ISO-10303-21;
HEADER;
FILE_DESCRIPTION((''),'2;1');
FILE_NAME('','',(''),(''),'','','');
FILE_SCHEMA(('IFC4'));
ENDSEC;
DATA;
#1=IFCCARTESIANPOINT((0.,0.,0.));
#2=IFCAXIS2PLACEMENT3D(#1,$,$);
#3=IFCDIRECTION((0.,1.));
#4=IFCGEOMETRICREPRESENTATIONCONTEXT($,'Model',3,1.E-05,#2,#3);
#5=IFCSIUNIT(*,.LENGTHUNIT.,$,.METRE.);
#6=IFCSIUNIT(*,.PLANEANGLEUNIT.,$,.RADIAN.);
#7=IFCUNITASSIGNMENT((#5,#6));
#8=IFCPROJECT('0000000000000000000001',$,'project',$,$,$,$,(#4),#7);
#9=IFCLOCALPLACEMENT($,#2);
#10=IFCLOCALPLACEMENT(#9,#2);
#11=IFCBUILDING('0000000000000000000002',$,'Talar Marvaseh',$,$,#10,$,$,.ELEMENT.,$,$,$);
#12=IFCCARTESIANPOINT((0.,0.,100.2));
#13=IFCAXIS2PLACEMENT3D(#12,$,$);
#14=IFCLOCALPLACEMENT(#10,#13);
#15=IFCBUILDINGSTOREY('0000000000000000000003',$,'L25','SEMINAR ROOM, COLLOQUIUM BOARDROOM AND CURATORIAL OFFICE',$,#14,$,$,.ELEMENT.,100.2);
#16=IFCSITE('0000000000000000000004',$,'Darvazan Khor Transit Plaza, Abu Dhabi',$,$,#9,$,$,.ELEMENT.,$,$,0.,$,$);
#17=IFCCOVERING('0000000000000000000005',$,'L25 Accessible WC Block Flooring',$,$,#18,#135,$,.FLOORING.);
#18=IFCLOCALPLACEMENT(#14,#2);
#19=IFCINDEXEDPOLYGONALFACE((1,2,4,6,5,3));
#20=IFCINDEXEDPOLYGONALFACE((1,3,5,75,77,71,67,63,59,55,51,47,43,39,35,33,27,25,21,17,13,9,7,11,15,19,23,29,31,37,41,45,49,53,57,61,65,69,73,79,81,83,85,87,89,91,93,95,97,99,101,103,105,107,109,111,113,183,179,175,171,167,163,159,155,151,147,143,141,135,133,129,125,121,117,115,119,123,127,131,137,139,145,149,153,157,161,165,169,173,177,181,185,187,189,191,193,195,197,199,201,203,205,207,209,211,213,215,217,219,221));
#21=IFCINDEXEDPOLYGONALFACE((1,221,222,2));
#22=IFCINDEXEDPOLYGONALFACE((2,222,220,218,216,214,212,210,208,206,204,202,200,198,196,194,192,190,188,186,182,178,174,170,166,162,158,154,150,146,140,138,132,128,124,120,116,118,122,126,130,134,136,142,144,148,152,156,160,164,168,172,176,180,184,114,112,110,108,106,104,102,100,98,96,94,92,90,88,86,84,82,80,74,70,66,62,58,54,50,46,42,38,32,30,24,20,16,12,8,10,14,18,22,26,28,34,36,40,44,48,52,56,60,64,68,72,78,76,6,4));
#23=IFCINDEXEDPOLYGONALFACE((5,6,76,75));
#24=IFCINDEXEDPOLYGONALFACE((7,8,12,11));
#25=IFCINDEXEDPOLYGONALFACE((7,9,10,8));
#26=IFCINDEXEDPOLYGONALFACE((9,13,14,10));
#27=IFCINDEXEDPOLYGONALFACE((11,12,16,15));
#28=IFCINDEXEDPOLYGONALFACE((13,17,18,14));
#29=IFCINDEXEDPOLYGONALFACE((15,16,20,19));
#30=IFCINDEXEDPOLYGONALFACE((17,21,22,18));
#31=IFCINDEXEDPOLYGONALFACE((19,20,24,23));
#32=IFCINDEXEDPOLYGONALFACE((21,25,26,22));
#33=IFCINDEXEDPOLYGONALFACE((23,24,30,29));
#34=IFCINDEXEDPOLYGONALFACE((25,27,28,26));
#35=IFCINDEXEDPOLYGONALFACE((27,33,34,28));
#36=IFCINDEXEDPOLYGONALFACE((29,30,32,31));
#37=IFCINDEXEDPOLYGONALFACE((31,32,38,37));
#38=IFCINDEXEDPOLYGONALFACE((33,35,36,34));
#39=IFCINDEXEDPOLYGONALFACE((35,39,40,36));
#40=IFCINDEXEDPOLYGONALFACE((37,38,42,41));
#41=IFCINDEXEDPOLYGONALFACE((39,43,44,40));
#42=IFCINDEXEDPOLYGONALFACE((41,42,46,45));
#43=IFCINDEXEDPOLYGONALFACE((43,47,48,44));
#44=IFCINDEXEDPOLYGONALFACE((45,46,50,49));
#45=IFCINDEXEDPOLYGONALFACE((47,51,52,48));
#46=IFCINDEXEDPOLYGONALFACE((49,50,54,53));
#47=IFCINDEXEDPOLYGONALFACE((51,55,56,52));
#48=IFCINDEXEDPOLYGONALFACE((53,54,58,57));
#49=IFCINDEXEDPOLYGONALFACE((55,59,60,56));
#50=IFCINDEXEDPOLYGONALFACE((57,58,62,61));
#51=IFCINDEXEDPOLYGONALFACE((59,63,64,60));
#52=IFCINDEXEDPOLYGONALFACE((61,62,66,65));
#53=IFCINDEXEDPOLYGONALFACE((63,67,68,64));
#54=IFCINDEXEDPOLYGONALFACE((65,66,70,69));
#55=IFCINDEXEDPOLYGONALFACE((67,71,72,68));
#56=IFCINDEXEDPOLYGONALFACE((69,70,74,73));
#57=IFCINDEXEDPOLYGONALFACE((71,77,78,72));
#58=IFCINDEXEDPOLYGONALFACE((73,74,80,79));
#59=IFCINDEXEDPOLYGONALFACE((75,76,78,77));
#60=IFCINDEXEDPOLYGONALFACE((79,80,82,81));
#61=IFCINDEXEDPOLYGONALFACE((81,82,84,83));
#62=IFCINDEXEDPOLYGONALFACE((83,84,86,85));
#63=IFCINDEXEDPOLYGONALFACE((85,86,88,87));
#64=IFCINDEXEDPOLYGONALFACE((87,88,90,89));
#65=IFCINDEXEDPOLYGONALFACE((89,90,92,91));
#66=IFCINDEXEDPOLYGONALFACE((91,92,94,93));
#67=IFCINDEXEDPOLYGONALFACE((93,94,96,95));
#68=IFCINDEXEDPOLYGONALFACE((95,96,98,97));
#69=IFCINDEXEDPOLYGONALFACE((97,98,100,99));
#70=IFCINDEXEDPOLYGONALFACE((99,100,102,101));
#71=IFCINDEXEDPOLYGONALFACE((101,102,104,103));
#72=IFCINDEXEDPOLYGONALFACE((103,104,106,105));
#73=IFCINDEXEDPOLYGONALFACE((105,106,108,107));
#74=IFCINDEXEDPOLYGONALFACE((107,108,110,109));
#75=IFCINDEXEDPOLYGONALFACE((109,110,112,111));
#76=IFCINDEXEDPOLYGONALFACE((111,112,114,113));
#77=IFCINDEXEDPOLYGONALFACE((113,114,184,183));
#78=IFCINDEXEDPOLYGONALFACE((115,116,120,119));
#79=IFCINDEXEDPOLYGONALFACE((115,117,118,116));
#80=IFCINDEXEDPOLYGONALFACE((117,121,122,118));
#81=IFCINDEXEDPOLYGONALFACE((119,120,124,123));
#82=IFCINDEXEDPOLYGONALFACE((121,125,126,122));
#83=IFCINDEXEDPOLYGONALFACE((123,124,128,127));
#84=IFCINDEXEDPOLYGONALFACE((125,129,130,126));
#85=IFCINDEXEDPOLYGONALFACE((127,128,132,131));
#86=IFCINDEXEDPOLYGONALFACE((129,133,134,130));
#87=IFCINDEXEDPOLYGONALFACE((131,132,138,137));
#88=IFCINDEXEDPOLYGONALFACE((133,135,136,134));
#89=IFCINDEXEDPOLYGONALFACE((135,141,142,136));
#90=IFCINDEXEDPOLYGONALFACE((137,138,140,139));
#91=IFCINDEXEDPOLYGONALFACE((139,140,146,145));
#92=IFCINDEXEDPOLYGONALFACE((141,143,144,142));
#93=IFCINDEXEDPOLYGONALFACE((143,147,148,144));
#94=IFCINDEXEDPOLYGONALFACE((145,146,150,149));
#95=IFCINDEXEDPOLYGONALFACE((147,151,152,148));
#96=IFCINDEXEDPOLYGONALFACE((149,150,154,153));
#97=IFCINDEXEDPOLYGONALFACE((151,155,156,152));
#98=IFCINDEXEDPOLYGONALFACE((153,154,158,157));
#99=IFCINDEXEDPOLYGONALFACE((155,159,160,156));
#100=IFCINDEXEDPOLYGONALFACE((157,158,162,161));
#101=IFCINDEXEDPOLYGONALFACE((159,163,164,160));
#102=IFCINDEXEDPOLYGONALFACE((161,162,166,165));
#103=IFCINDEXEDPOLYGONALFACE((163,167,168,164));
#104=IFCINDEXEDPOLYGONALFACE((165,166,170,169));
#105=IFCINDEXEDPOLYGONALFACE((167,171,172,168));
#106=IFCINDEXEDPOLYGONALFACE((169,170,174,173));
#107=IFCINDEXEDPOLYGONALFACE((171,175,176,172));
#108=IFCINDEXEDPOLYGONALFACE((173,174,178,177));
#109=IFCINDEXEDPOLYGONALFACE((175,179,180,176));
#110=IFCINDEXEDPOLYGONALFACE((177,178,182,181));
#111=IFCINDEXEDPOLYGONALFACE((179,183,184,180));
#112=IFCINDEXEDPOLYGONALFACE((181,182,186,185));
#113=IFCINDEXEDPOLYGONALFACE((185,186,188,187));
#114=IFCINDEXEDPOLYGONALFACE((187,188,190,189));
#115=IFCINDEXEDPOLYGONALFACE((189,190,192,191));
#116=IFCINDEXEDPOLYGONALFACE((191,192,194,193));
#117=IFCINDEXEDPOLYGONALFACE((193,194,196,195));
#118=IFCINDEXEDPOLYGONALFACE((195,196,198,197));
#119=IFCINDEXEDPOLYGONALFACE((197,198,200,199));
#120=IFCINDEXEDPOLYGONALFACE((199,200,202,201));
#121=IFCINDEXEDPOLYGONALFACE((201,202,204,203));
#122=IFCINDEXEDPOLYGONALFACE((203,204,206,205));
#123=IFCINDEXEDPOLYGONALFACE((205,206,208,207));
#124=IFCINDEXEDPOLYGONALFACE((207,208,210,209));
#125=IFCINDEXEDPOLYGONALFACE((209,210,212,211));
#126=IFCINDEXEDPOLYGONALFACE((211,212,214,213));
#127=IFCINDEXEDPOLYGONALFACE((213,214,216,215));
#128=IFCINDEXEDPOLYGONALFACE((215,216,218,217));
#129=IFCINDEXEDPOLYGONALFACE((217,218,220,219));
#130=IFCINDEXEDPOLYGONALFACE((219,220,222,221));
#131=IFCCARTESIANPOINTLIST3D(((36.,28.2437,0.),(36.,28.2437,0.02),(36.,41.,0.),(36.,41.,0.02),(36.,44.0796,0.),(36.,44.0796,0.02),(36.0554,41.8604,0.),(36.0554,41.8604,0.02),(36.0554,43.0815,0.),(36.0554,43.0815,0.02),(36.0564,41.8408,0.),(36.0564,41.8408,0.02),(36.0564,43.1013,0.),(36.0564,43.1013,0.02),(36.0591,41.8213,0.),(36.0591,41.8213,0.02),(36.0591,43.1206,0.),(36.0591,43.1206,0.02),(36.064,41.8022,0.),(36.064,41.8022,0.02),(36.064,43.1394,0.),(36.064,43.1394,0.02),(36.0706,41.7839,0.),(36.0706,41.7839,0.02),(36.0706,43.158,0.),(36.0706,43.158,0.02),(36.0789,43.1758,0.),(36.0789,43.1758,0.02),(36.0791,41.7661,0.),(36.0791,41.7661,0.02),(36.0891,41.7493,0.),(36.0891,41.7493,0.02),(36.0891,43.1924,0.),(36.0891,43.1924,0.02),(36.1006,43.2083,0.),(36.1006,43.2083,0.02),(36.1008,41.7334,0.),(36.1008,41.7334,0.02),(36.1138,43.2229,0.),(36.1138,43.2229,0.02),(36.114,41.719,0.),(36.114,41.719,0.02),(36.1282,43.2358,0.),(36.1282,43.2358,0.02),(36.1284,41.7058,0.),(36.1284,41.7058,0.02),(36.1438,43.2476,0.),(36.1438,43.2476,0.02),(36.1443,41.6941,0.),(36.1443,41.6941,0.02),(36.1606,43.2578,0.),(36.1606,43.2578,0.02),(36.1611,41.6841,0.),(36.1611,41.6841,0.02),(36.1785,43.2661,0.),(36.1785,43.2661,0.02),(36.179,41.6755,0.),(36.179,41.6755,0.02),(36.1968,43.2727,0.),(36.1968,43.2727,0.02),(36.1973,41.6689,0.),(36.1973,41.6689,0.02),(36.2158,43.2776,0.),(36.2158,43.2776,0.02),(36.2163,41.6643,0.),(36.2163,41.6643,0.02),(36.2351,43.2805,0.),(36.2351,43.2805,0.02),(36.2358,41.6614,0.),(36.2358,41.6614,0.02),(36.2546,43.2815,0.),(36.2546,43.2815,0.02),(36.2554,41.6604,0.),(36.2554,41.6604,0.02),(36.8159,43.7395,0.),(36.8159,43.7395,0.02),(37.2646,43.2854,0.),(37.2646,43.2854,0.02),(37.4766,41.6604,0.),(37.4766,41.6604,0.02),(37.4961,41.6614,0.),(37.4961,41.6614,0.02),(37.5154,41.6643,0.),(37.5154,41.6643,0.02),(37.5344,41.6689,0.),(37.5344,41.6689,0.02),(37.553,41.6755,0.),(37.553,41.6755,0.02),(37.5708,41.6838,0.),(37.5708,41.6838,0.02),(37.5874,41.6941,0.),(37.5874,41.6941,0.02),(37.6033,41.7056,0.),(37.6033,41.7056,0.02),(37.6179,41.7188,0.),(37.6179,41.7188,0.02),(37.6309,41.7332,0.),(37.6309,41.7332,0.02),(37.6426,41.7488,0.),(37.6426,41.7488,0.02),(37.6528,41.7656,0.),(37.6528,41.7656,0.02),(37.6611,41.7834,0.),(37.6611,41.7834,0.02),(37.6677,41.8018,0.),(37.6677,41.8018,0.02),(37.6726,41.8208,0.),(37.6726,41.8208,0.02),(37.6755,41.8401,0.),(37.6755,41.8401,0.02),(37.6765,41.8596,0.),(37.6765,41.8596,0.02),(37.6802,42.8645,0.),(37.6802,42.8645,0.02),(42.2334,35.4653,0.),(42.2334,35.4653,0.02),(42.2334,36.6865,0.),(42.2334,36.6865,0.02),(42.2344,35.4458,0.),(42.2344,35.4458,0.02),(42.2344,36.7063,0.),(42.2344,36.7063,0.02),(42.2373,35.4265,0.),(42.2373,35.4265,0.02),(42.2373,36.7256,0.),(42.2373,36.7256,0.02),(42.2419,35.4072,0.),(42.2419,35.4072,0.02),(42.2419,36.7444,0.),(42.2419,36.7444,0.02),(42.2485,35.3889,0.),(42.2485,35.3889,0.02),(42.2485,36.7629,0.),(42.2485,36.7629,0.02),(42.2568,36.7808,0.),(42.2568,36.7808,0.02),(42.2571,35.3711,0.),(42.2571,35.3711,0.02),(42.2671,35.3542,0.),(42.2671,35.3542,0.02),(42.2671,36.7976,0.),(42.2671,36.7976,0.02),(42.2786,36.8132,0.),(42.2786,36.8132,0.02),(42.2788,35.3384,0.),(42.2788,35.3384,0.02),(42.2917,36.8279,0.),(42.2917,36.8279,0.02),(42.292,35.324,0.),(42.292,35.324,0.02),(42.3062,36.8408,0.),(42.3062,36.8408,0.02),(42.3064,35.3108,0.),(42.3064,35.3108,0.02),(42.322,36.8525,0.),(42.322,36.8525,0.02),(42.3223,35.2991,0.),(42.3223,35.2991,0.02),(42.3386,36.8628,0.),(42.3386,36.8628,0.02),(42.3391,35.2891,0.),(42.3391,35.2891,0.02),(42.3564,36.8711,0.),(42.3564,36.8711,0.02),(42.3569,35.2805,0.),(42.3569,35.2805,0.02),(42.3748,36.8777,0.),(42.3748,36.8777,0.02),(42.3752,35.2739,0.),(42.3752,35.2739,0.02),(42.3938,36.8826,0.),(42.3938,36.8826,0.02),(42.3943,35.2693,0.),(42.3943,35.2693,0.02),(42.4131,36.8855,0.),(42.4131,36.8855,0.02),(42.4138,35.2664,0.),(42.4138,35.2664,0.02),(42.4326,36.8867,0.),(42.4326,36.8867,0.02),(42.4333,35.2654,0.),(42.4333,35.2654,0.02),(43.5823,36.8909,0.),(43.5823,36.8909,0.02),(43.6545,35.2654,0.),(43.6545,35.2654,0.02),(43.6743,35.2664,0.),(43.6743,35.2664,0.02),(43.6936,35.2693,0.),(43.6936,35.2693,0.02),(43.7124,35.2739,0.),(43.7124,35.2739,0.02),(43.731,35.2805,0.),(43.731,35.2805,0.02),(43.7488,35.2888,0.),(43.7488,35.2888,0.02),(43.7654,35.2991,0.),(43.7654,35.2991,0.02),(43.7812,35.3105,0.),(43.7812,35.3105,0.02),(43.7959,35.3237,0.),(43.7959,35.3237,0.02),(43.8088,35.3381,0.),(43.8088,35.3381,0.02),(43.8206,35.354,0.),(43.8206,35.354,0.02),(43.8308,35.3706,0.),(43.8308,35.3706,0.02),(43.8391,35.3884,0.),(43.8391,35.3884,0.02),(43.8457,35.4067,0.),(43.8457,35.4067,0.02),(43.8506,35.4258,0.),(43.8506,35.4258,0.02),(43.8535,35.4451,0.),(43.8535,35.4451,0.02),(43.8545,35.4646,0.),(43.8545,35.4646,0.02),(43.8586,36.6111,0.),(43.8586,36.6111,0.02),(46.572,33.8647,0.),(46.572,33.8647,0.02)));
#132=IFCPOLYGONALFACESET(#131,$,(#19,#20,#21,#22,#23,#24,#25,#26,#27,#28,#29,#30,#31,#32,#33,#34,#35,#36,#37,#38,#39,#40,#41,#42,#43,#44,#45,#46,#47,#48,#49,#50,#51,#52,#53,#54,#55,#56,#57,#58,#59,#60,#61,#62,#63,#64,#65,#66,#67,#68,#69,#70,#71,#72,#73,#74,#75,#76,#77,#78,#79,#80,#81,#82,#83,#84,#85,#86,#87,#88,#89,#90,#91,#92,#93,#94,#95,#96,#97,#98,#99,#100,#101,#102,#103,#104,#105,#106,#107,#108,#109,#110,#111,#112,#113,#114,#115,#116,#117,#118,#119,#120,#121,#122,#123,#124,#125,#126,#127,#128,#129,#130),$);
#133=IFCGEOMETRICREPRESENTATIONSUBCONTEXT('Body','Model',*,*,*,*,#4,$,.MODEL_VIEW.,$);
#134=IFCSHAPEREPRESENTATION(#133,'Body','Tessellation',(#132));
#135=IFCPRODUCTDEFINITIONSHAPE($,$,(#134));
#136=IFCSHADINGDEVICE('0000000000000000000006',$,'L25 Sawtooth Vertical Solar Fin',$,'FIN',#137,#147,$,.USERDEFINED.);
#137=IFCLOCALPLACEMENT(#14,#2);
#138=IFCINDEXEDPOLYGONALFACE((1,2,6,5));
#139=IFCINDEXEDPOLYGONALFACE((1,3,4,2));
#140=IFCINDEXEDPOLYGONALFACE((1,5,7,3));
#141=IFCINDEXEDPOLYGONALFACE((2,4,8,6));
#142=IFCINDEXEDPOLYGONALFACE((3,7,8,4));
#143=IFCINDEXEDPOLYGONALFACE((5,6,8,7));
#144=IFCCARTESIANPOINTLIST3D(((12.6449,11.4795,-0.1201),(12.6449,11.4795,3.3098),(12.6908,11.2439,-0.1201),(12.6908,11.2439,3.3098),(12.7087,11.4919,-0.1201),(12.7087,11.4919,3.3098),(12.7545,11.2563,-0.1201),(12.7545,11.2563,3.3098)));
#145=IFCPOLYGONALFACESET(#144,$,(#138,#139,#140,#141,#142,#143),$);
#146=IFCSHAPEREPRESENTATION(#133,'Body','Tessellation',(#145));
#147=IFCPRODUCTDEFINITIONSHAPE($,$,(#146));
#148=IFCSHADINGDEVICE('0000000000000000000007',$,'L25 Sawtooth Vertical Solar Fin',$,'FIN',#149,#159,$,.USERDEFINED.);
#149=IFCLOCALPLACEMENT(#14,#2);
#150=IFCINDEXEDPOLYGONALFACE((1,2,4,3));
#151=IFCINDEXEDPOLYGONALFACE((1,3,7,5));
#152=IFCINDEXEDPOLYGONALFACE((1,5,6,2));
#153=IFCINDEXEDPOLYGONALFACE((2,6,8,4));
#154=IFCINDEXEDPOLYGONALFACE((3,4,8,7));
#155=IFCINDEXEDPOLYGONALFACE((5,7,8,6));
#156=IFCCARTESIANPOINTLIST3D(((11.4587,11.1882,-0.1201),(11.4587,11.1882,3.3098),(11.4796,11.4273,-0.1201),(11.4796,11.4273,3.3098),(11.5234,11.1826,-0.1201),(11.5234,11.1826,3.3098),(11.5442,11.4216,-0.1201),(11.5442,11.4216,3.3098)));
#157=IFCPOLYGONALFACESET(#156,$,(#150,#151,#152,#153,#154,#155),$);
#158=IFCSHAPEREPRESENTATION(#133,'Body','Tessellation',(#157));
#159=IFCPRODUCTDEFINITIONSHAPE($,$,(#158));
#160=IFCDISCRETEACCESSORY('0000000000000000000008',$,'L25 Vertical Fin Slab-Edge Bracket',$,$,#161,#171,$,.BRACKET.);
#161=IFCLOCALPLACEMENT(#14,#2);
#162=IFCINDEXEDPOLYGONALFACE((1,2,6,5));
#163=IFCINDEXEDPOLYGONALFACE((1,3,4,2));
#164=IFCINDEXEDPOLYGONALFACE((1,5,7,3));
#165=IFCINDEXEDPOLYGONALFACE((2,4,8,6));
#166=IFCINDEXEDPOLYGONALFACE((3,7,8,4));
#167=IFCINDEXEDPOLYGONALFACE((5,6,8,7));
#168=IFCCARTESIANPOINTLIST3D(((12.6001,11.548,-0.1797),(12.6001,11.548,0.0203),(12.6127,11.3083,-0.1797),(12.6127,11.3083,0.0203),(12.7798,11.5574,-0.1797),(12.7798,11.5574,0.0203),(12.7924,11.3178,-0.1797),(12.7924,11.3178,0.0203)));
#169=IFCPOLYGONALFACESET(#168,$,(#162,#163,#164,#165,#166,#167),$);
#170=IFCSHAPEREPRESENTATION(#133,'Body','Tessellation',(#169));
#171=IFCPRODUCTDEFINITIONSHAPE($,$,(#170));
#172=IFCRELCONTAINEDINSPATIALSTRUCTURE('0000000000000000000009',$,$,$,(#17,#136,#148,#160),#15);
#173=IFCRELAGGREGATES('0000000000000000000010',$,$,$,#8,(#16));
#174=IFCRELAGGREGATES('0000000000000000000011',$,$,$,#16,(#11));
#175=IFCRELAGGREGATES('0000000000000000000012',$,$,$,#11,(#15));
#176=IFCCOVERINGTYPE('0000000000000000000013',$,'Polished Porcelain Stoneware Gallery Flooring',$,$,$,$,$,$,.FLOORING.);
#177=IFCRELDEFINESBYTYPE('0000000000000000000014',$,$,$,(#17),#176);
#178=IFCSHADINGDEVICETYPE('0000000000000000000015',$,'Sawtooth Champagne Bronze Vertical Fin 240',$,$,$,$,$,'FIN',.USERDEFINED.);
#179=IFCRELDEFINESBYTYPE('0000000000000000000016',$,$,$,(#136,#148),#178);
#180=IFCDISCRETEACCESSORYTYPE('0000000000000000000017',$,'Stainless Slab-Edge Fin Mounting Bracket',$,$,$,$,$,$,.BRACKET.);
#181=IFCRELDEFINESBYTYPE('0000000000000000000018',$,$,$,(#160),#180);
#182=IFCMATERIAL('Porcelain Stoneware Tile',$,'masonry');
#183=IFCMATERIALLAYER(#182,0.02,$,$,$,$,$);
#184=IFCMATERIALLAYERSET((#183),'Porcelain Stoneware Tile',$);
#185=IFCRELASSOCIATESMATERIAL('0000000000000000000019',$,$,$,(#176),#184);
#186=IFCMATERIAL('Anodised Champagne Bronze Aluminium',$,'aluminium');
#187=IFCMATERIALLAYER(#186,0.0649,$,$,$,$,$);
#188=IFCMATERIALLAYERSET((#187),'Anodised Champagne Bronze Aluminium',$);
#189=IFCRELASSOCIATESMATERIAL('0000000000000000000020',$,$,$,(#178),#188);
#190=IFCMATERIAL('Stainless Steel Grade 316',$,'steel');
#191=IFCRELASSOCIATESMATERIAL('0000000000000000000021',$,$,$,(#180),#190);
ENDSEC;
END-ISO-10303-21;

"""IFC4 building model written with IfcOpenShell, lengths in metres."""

from ifc_helpers import new_model, si_unit, direction, frame, origin, origin_2d, place, context, subcontext, project, spatial, polyline, rectangle, outline, extrude, source, transform, mapped, material, layer, layer_set, type_object, type_shapes, element, save


model = new_model("IFC4")

# Units and contexts
model_context = context("Model", 3, precision=1e-05, world=origin(), true_north=direction((0.0, 1.0)))
body_context = subcontext(model_context, "Body", "Model", "MODEL_VIEW")
ifc_project = project(units=[si_unit("LENGTHUNIT", "METRE"), si_unit("PLANEANGLEUNIT", "RADIAN")], contexts=[model_context])

# Site, building, storey
site_placement = place(None, origin())
site = spatial("IfcSite", under=ifc_project, at=site_placement, Name="Darvazan Khor Transit Plaza, Abu Dhabi", CompositionType="ELEMENT", RefElevation=0.0)
building_placement = place(site_placement, origin())
building = spatial("IfcBuilding", under=site, at=building_placement, Name="Talar Marvaseh", CompositionType="ELEMENT")
storey_placement = place(building_placement, frame((0.0, 0.0, 100.2)))
storey = spatial("IfcBuildingStorey", under=building, at=storey_placement, Name="L25", Description="SEMINAR ROOM, COLLOQUIUM BOARDROOM AND CURATORIAL OFFICE", CompositionType="ELEMENT", Elevation=100.2)

# Covering
ifc_material_1 = material(Name="Porcelain Stoneware Tile", Category="masonry")
ifc_layer_1 = layer(ifc_material_1, 0.02)
ifc_layer_set_1 = layer_set([ifc_layer_1], Name="Porcelain Stoneware Tile")
covering_type_1 = type_object("IfcCoveringType", Name="Polished Porcelain Stoneware Gallery Flooring", PredefinedType="FLOORING", material=ifc_layer_set_1)
covering_1_placement = place(storey_placement, origin())
element("IfcCovering", 1, at=covering_1_placement, inside=storey, type_object=covering_type_1, Name="L25 Accessible WC Block Flooring", PredefinedType="FLOORING", context=body_context, shape_type="SweptSolid", body=[
    extrude(outline(polyline([(36.2546, 43.2815), (36.2351, 43.2805), (36.2158, 43.2776), (36.1968, 43.2727), (36.1785, 43.2661), (36.1606, 43.2578), (36.1438, 43.2476), (36.1282, 43.2358), (36.1138, 43.2229), (36.1006, 43.2083), (36.0891, 43.1924), (36.0789, 43.1758), (36.0706, 43.158), (36.064, 43.1394), (36.0591, 43.1206), (36.0564, 43.1013), (36.0554, 43.0815), (36.0554, 41.8604), (36.0564, 41.8408), (36.0591, 41.8213), (36.064, 41.8022), (36.0706, 41.7839), (36.0791, 41.7661), (36.0891, 41.7493), (36.1008, 41.7334), (36.114, 41.719), (36.1284, 41.7058), (36.1443, 41.6941), (36.1611, 41.6841), (36.179, 41.6755), (36.1973, 41.6689), (36.2163, 41.6643), (36.2358, 41.6614), (36.2554, 41.6604), (37.4766, 41.6604), (37.4961, 41.6614), (37.5154, 41.6643), (37.5344, 41.6689), (37.553, 41.6755), (37.5708, 41.6838), (37.5874, 41.6941), (37.6033, 41.7056), (37.6179, 41.7188), (37.6309, 41.7332), (37.6426, 41.7488), (37.6528, 41.7656), (37.6611, 41.7834), (37.6677, 41.8018), (37.6726, 41.8208), (37.6755, 41.8401), (37.6765, 41.8596), (37.6802, 42.8645), (43.5823, 36.8909), (42.4326, 36.8867), (42.4131, 36.8855), (42.3938, 36.8826), (42.3748, 36.8777), (42.3564, 36.8711), (42.3386, 36.8628), (42.322, 36.8525), (42.3062, 36.8408), (42.2917, 36.8279), (42.2786, 36.8132), (42.2671, 36.7976), (42.2568, 36.7808), (42.2485, 36.7629), (42.2419, 36.7444), (42.2373, 36.7256), (42.2344, 36.7063), (42.2334, 36.6865), (42.2334, 35.4653), (42.2344, 35.4458), (42.2373, 35.4265), (42.2419, 35.4072), (42.2485, 35.3889), (42.2571, 35.3711), (42.2671, 35.3542), (42.2788, 35.3384), (42.292, 35.324), (42.3064, 35.3108), (42.3223, 35.2991), (42.3391, 35.2891), (42.3569, 35.2805), (42.3752, 35.2739), (42.3943, 35.2693), (42.4138, 35.2664), (42.4333, 35.2654), (43.6545, 35.2654), (43.6743, 35.2664), (43.6936, 35.2693), (43.7124, 35.2739), (43.731, 35.2805), (43.7488, 35.2888), (43.7654, 35.2991), (43.7812, 35.3105), (43.7959, 35.3237), (43.8088, 35.3381), (43.8206, 35.354), (43.8308, 35.3706), (43.8391, 35.3884), (43.8457, 35.4067), (43.8506, 35.4258), (43.8535, 35.4451), (43.8545, 35.4646), (43.8586, 36.6111), (46.572, 33.8647), (36.0, 28.2437), (36.0, 41.0), (36.0, 44.0796), (36.8159, 43.7395), (37.2646, 43.2854), (36.2546, 43.2815)])), origin(), (0.0, 0.0, 1.0), 0.02),
])

# Shading devices
ifc_material_2 = material(Name="Anodised Champagne Bronze Aluminium", Category="aluminium")
ifc_layer_2 = layer(ifc_material_2, 0.0649)
ifc_layer_set_2 = layer_set([ifc_layer_2], Name="Anodised Champagne Bronze Aluminium")
shading_device_type = type_object("IfcShadingDeviceType", Name="Sawtooth Champagne Bronze Vertical Fin 240", ElementType="FIN", PredefinedType="USERDEFINED", material=ifc_layer_set_2)
shared_shape_1 = source(origin(), body_context, "Body", "SweptSolid", [
    extrude(rectangle(XDim=0.24, YDim=0.0649, at=origin_2d()), origin(), (0.0, 0.0, 1.0), 3.4299),
])
type_shapes(shading_device_type, [shared_shape_1])
for number, where, z_axis, x_axis, name in (
    (2, (12.6997, 11.3679, -0.1201), (0.0, 0.0, 1.0), (0.19098, -0.981594, 0.0), "L25 Sawtooth Vertical Solar Fin"),
    (3, (11.5015, 11.3049, -0.1201), (0.0, 0.0, 1.0), (-0.086982, -0.99621, 0.0), "L25 Sawtooth Vertical Solar Fin"),
):
    element("IfcShadingDevice", number, at=place(storey_placement, frame(where, z_axis=z_axis, x_axis=x_axis)), inside=storey, type_object=shading_device_type, Name=name, ObjectType="FIN", PredefinedType="USERDEFINED", context=body_context, shape_type="MappedRepresentation", body=[
        mapped(shared_shape_1, transform((0.0, 0.0, 0.0), x_axis=(1.0, 0.0, 0.0), y_axis=(0.0, 1.0, 0.0), z_axis=(0.0, 0.0, 1.0), scale=1.0)),
    ])

# Discrete accessory
ifc_material_3 = material(Name="Stainless Steel Grade 316", Category="steel")
discrete_accessory_type = type_object("IfcDiscreteAccessoryType", Name="Stainless Slab-Edge Fin Mounting Bracket", PredefinedType="BRACKET", material=ifc_material_3)
shared_shape_2 = source(origin(), body_context, "Body", "SweptSolid", [
    extrude(rectangle(XDim=0.24, YDim=0.1799, at=origin_2d()), origin(), (0.0, 0.0, 1.0), 0.2),
])
type_shapes(discrete_accessory_type, [shared_shape_2])
for number, where, z_axis, x_axis, name in (
    (4, (12.6963, 11.4329, -0.1797), (0.0, 0.0, 1.0), (0.05251, -0.99862, 0.0), "L25 Vertical Fin Slab-Edge Bracket"),
):
    element("IfcDiscreteAccessory", number, at=place(storey_placement, frame(where, z_axis=z_axis, x_axis=x_axis)), inside=storey, type_object=discrete_accessory_type, Name=name, PredefinedType="BRACKET", context=body_context, shape_type="MappedRepresentation", body=[
        mapped(shared_shape_2, transform((0.0, 0.0, 0.0), x_axis=(1.0, 0.0, 0.0), y_axis=(0.0, 1.0, 0.0), z_axis=(0.0, 0.0, 1.0), scale=1.0)),
    ])

save(model, "model.ifc")
